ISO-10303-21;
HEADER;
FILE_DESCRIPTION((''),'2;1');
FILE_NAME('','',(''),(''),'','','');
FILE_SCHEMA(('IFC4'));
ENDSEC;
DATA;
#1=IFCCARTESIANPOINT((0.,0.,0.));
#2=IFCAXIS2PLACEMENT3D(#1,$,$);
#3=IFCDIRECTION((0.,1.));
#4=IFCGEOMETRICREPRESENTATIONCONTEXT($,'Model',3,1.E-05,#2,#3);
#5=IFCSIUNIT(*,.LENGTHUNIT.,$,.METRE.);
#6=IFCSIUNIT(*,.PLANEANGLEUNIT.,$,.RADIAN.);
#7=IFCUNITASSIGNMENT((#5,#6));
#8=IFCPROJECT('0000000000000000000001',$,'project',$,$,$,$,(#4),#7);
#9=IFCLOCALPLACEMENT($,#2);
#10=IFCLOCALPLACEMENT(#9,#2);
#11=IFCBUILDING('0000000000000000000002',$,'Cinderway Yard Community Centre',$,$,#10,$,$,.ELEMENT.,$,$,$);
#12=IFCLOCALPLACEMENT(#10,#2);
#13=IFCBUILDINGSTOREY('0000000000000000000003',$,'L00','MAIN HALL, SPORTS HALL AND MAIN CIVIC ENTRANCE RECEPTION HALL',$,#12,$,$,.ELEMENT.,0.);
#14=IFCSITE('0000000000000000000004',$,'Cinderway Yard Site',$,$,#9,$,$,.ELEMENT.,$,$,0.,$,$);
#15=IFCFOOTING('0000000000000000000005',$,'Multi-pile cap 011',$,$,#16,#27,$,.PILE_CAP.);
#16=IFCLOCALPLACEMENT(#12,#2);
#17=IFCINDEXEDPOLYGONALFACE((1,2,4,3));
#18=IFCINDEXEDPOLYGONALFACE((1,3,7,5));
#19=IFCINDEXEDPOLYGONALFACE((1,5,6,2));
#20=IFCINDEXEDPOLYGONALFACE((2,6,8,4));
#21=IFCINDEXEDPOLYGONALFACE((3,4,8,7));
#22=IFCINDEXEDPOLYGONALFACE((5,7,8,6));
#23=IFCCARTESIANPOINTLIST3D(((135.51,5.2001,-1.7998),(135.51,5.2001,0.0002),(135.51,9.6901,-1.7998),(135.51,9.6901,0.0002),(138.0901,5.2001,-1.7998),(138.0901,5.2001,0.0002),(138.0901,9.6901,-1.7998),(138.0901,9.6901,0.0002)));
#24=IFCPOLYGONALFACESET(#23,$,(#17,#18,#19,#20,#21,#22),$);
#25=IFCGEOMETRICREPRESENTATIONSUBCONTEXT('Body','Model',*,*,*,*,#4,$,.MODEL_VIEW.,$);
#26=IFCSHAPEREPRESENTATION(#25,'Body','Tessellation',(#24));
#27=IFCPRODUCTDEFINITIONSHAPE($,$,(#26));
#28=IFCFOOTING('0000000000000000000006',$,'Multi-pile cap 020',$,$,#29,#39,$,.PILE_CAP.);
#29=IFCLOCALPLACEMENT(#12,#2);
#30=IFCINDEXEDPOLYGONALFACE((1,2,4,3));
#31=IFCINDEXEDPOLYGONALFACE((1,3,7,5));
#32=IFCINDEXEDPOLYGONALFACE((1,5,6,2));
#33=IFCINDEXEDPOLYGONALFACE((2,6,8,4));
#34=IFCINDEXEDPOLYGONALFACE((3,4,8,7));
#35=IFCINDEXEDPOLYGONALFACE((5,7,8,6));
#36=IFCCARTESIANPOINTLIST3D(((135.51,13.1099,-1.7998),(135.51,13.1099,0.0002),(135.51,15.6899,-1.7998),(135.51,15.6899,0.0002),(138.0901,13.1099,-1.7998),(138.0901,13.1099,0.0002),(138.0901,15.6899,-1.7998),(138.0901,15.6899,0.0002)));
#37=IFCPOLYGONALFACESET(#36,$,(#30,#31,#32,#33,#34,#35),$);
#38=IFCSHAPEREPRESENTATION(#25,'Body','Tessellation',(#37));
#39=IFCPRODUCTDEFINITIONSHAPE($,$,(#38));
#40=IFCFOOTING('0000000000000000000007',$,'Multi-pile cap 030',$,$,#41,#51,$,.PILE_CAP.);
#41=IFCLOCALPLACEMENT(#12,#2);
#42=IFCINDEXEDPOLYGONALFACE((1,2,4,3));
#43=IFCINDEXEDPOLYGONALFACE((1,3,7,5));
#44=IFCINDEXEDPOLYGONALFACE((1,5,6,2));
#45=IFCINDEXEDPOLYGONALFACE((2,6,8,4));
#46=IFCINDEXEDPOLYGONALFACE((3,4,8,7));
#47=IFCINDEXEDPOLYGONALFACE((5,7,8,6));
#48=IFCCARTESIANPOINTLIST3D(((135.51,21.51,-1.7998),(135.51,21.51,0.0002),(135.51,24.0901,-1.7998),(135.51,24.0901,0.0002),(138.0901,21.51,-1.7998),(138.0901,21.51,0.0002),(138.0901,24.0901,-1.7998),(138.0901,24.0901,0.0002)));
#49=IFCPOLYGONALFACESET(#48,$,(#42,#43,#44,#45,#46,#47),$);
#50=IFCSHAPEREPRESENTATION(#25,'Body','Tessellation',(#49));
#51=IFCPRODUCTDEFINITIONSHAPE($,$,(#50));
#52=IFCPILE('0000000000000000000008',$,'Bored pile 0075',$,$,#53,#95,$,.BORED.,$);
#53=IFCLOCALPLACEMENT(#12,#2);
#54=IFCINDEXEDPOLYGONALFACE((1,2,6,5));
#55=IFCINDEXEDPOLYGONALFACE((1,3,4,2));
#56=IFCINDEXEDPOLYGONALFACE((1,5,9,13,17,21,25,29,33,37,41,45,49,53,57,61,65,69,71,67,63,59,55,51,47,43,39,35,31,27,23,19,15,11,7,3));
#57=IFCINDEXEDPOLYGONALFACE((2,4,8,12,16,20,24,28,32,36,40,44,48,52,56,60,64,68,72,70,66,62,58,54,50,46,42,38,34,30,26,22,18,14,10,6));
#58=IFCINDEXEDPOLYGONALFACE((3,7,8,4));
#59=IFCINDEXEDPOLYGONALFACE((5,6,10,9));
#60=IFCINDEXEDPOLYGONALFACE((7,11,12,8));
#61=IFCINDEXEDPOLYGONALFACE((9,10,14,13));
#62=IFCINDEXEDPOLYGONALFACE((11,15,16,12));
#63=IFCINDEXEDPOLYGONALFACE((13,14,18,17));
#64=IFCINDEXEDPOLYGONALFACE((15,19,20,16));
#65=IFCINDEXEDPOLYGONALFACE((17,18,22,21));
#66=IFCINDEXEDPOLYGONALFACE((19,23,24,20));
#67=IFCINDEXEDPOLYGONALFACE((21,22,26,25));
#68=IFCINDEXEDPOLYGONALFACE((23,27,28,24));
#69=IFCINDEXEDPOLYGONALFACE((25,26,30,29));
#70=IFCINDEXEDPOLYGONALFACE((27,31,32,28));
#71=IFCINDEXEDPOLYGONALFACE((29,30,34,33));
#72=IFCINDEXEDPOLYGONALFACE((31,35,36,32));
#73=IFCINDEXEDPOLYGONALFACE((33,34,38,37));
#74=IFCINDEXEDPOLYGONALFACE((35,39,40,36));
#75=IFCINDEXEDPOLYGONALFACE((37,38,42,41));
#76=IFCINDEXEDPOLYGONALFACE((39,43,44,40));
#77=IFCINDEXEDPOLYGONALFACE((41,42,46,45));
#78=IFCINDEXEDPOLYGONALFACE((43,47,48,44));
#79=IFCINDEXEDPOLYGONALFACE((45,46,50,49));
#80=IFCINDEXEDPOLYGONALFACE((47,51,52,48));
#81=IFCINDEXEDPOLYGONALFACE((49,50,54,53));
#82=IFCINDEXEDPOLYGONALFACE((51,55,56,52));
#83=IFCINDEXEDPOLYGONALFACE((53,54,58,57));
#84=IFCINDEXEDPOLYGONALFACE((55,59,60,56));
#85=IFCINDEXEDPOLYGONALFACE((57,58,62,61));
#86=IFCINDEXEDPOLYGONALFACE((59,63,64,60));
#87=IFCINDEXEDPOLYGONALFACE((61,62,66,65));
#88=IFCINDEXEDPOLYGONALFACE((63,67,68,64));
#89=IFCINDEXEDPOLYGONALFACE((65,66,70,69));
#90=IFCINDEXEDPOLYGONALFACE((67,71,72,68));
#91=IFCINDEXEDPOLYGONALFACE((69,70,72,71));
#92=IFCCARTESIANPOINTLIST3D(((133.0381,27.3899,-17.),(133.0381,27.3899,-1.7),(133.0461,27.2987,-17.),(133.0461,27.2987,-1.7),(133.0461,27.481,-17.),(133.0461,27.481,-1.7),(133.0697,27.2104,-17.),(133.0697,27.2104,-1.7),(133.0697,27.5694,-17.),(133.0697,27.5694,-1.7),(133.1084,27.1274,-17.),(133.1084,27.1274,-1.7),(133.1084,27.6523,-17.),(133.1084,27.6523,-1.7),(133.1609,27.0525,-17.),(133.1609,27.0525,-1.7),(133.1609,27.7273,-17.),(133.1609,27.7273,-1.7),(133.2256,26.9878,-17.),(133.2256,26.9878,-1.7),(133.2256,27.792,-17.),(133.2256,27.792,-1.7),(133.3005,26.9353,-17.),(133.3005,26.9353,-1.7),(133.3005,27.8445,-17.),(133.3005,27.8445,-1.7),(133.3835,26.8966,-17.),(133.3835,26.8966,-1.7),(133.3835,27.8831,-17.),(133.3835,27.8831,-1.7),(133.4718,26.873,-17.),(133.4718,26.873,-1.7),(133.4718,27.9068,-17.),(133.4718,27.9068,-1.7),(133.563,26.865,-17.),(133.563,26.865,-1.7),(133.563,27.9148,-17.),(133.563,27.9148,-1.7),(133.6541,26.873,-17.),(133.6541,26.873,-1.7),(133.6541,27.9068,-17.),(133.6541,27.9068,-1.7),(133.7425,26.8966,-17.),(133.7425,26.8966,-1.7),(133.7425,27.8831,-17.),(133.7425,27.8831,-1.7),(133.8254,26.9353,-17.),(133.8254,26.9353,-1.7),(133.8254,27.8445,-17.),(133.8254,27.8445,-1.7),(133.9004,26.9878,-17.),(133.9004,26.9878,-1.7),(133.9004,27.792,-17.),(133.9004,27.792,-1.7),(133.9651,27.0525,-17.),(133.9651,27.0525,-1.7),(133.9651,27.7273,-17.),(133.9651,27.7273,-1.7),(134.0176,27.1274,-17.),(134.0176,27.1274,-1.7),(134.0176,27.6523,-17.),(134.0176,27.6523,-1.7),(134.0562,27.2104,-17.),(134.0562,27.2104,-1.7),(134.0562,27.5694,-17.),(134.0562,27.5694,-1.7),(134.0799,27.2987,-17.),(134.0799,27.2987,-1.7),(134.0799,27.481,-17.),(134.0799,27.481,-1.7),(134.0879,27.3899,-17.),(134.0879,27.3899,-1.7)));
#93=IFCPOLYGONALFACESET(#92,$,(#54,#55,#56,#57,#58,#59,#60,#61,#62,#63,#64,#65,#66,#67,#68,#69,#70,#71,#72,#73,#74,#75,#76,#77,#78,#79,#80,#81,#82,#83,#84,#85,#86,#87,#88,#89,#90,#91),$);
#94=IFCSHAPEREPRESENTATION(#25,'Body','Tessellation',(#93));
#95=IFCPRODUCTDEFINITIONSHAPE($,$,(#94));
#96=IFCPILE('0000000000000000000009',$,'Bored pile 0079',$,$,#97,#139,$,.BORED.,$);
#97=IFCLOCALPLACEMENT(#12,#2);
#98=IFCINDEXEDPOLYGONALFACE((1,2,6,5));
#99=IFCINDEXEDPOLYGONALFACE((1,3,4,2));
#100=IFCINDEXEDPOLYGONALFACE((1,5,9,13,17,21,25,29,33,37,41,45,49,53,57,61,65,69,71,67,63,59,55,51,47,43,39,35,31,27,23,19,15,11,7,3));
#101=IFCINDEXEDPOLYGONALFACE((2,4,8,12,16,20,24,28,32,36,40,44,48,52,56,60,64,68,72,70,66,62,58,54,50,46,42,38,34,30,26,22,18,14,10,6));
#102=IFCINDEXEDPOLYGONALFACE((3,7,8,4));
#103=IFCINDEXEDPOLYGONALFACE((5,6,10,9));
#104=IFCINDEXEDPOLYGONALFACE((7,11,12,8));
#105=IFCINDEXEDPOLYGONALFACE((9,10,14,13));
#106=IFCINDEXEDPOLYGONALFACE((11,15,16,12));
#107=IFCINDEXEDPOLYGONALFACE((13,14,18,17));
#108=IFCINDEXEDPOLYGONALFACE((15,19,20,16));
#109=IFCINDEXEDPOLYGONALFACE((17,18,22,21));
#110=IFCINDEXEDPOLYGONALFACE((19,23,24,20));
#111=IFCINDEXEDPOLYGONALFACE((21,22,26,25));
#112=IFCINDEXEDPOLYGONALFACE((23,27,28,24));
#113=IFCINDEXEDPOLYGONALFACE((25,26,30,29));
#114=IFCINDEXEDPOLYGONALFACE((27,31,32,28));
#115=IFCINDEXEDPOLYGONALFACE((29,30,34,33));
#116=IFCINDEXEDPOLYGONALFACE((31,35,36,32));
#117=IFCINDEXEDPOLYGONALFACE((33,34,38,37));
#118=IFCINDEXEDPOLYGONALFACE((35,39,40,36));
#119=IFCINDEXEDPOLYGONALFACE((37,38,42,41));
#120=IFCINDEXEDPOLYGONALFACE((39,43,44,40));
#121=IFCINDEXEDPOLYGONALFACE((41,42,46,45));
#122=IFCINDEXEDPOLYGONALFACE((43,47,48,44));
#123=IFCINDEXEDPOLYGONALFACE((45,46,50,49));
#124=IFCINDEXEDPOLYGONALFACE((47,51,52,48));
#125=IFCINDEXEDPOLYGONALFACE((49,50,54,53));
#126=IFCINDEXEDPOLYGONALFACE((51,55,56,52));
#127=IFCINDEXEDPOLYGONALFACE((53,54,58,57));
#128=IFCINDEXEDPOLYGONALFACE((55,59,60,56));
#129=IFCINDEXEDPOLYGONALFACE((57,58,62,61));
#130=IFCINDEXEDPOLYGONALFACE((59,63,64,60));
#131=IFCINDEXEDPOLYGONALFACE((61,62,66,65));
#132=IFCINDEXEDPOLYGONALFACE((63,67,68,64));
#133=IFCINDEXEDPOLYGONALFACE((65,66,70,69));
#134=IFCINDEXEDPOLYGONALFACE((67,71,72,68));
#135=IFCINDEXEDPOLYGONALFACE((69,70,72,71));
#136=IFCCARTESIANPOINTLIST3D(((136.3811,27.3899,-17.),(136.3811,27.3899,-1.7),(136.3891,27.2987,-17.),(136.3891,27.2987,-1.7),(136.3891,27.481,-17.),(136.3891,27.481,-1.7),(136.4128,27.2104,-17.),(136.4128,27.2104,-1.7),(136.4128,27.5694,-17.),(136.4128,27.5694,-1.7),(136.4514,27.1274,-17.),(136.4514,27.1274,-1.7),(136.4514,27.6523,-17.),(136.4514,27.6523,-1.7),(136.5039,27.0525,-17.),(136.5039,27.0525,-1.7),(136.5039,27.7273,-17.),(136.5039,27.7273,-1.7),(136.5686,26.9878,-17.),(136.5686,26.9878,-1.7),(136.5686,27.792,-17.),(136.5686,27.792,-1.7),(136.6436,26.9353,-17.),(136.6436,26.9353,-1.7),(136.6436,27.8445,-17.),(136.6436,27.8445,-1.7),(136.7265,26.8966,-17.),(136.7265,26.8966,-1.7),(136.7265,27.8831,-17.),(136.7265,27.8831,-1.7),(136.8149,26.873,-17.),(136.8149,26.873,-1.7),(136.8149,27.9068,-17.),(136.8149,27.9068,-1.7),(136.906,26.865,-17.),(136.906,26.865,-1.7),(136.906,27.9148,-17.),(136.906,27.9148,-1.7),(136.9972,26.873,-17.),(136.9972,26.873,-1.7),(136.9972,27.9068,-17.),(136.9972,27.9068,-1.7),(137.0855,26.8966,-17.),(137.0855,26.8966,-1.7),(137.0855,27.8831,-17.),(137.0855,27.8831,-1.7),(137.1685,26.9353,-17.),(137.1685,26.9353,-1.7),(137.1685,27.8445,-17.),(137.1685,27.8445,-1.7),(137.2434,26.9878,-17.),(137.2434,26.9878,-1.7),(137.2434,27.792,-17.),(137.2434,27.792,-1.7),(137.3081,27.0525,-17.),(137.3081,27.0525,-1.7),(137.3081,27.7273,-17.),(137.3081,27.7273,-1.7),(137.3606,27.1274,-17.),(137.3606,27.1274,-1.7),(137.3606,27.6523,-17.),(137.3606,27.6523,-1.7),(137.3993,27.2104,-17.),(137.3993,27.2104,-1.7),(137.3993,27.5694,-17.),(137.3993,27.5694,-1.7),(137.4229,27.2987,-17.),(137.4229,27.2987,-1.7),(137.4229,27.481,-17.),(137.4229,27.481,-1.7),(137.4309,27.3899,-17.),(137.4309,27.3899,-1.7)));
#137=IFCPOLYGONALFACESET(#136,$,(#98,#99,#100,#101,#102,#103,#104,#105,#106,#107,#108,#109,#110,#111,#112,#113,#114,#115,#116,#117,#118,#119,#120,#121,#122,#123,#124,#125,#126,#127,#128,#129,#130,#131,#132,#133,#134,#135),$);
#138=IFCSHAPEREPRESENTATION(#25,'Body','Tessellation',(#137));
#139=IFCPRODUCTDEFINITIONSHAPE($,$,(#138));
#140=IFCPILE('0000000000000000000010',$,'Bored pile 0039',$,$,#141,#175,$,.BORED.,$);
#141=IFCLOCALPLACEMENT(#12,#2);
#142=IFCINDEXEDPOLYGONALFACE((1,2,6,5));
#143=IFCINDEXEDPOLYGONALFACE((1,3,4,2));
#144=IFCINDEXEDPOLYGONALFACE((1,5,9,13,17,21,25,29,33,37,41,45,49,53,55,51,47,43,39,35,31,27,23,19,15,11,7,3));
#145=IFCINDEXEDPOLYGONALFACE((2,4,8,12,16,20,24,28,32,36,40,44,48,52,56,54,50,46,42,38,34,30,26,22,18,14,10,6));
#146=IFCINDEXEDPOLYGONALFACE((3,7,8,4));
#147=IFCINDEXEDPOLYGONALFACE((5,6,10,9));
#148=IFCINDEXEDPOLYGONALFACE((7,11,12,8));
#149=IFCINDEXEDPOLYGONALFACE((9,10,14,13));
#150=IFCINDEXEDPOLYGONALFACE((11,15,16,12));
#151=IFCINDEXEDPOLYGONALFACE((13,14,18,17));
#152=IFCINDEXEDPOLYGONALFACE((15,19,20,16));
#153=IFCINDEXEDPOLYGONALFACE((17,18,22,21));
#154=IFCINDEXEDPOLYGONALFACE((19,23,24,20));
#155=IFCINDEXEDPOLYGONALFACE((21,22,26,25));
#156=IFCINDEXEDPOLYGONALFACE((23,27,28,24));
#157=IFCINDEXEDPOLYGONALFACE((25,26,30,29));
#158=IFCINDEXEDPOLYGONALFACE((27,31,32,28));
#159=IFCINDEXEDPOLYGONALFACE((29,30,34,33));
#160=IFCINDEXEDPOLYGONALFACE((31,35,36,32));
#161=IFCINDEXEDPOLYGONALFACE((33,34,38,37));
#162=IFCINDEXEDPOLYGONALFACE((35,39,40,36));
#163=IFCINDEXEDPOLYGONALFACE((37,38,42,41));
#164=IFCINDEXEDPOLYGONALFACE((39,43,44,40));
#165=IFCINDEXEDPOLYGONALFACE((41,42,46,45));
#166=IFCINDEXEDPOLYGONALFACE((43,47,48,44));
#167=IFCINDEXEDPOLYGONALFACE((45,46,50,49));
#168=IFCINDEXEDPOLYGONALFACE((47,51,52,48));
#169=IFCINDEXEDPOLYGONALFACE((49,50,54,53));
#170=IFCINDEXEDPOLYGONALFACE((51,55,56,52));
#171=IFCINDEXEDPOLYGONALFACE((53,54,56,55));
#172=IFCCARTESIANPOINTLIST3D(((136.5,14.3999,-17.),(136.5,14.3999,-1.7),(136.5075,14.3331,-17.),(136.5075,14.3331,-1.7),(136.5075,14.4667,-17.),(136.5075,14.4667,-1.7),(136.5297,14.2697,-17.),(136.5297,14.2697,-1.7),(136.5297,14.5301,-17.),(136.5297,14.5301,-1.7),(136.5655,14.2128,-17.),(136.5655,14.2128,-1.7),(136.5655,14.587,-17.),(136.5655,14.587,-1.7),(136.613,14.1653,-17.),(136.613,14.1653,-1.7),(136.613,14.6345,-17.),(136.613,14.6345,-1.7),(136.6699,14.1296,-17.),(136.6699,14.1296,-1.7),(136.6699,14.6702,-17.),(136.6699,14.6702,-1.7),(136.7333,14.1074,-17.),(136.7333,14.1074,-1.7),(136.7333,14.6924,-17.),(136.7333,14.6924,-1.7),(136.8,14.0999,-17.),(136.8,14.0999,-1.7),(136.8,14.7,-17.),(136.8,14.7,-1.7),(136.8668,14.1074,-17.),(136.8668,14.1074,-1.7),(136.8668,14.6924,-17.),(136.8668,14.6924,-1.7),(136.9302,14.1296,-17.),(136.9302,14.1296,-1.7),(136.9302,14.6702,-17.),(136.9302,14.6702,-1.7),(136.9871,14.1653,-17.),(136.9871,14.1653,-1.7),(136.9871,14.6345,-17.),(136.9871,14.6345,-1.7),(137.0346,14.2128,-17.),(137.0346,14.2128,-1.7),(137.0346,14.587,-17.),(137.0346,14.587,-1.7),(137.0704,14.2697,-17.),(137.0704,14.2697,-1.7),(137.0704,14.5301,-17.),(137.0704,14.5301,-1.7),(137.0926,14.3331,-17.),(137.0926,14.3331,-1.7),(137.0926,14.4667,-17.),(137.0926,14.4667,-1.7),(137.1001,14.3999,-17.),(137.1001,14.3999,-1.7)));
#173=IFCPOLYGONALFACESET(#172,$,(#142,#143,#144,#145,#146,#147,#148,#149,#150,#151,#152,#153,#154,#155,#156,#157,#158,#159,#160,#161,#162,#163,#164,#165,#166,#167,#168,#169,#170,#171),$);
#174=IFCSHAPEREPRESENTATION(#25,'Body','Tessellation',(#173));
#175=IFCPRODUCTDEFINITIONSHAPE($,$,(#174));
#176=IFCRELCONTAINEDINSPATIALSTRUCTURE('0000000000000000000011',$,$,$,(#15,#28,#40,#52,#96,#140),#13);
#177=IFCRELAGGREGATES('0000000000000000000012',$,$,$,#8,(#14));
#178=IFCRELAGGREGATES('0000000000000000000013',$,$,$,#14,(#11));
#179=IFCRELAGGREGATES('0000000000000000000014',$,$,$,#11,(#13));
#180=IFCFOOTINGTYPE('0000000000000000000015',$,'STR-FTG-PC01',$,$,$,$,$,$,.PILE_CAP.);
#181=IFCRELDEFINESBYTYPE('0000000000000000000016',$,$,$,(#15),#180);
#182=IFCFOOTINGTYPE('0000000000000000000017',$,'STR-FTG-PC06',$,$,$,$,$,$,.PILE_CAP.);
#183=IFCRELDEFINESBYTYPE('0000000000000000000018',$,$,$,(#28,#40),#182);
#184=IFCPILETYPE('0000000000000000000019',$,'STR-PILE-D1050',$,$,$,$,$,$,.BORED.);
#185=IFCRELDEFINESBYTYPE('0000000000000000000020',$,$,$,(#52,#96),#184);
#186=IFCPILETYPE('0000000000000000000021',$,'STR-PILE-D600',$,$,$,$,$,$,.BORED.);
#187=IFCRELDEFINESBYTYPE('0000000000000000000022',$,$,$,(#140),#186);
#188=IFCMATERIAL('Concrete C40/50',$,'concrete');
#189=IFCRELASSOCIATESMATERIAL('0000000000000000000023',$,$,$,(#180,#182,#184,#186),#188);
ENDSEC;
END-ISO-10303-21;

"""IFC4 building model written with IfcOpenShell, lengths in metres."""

from ifc_helpers import new_model, si_unit, direction, frame, origin, origin_2d, place, context, subcontext, project, spatial, rectangle, circle, extrude, material, material_profile, profile_set, type_object, element, save


model = new_model("IFC4")

# Units and contexts
model_context = context("Model", 3, precision=1e-05, world=origin(), true_north=direction((0.0, 1.0)))
body_context = subcontext(model_context, "Body", "Model", "MODEL_VIEW")
ifc_project = project(units=[si_unit("LENGTHUNIT", "METRE"), si_unit("PLANEANGLEUNIT", "RADIAN")], contexts=[model_context])

# Site, building, storey
site_placement = place(None, origin())
site = spatial("IfcSite", under=ifc_project, at=site_placement, Name="Cinderway Yard Site", CompositionType="ELEMENT", RefElevation=0.0)
building_placement = place(site_placement, origin())
building = spatial("IfcBuilding", under=site, at=building_placement, Name="Cinderway Yard Community Centre", CompositionType="ELEMENT")
storey_placement = place(building_placement, origin())
storey = spatial("IfcBuildingStorey", under=building, at=storey_placement, Name="L00", Description="MAIN HALL, SPORTS HALL AND MAIN CIVIC ENTRANCE RECEPTION HALL", CompositionType="ELEMENT", Elevation=0.0)

# Footings
ifc_material_1 = material(Name="Concrete C40/50", Category="concrete")
footing_type_1 = type_object("IfcFootingType", Name="STR-FTG-PC01", PredefinedType="PILE_CAP", material=ifc_material_1)
footing_placement = place(storey_placement, frame((136.8, 7.4451, -1.7998), z_axis=(0.0, 0.0, 1.0), x_axis=(1.0, 0.0, 0.0)))
element("IfcFooting", 1, at=footing_placement, inside=storey, type_object=footing_type_1, Name="Multi-pile cap 011", PredefinedType="PILE_CAP", context=body_context, shape_type="SweptSolid", body=[
    extrude(rectangle(XDim=2.5801, YDim=4.49, at=origin_2d()), origin(), (0.0, 0.0, 1.0), 1.8),
])
footing_type_2 = type_object("IfcFootingType", Name="STR-FTG-PC06", PredefinedType="PILE_CAP", material=ifc_material_1)
for number, where, z_axis, x_axis, name in (
    (2, (136.8, 14.3999, -1.7998), (0.0, 0.0, 1.0), (1.0, 0.0, 0.0), "Multi-pile cap 020"),
    (3, (136.8, 22.8, -1.7998), (0.0, 0.0, 1.0), (1.0, 0.0, 0.0), "Multi-pile cap 030"),
):
    element("IfcFooting", number, at=place(storey_placement, frame(where, z_axis=z_axis, x_axis=x_axis)), inside=storey, type_object=footing_type_2, Name=name, PredefinedType="PILE_CAP", context=body_context, shape_type="SweptSolid", body=[
        extrude(rectangle(XDim=2.5801, YDim=2.5801, at=origin_2d()), origin(), (0.0, 0.0, 1.0), 1.8),
    ])

# Piles
ifc_material_profile_1 = material_profile(ifc_material_1, circle(Radius=0.5249, at=origin_2d()), Name="Concrete C40/50")
ifc_profile_set_1 = profile_set([ifc_material_profile_1], Name="Concrete C40/50")
pile_type_1 = type_object("IfcPileType", Name="STR-PILE-D1050", PredefinedType="BORED", material=ifc_profile_set_1)
for number, where, z_axis, x_axis, name in (
    (4, (133.563, 27.3899, -1.7), (0.0, 0.0, -1.0), (1.0, 0.0, 0.0), "Bored pile 0075"),
    (5, (136.906, 27.3899, -1.7), (0.0, 0.0, -1.0), (1.0, 0.0, 0.0), "Bored pile 0079"),
):
    element("IfcPile", number, at=place(storey_placement, frame(where, z_axis=z_axis, x_axis=x_axis)), inside=storey, type_object=pile_type_1, Name=name, PredefinedType="BORED", context=body_context, shape_type="SweptSolid", body=[
        extrude(circle(Radius=0.5249, at=origin_2d()), origin(), (0.0, 0.0, 1.0), 15.3),
    ])
ifc_material_profile_2 = material_profile(ifc_material_1, circle(Radius=0.3, at=origin_2d()), Name="Concrete C40/50")
ifc_profile_set_2 = profile_set([ifc_material_profile_2], Name="Concrete C40/50")
pile_type_2 = type_object("IfcPileType", Name="STR-PILE-D600", PredefinedType="BORED", material=ifc_profile_set_2)
for number, where, z_axis, x_axis, name in (
    (6, (136.8, 14.3999, -1.7), (0.0, 0.0, -1.0), (1.0, 0.0, 0.0), "Bored pile 0039"),
):
    element("IfcPile", number, at=place(storey_placement, frame(where, z_axis=z_axis, x_axis=x_axis)), inside=storey, type_object=pile_type_2, Name=name, PredefinedType="BORED", context=body_context, shape_type="SweptSolid", body=[
        extrude(circle(Radius=0.3, at=origin_2d()), origin(), (0.0, 0.0, 1.0), 15.3),
    ])

save(model, "model.ifc")
